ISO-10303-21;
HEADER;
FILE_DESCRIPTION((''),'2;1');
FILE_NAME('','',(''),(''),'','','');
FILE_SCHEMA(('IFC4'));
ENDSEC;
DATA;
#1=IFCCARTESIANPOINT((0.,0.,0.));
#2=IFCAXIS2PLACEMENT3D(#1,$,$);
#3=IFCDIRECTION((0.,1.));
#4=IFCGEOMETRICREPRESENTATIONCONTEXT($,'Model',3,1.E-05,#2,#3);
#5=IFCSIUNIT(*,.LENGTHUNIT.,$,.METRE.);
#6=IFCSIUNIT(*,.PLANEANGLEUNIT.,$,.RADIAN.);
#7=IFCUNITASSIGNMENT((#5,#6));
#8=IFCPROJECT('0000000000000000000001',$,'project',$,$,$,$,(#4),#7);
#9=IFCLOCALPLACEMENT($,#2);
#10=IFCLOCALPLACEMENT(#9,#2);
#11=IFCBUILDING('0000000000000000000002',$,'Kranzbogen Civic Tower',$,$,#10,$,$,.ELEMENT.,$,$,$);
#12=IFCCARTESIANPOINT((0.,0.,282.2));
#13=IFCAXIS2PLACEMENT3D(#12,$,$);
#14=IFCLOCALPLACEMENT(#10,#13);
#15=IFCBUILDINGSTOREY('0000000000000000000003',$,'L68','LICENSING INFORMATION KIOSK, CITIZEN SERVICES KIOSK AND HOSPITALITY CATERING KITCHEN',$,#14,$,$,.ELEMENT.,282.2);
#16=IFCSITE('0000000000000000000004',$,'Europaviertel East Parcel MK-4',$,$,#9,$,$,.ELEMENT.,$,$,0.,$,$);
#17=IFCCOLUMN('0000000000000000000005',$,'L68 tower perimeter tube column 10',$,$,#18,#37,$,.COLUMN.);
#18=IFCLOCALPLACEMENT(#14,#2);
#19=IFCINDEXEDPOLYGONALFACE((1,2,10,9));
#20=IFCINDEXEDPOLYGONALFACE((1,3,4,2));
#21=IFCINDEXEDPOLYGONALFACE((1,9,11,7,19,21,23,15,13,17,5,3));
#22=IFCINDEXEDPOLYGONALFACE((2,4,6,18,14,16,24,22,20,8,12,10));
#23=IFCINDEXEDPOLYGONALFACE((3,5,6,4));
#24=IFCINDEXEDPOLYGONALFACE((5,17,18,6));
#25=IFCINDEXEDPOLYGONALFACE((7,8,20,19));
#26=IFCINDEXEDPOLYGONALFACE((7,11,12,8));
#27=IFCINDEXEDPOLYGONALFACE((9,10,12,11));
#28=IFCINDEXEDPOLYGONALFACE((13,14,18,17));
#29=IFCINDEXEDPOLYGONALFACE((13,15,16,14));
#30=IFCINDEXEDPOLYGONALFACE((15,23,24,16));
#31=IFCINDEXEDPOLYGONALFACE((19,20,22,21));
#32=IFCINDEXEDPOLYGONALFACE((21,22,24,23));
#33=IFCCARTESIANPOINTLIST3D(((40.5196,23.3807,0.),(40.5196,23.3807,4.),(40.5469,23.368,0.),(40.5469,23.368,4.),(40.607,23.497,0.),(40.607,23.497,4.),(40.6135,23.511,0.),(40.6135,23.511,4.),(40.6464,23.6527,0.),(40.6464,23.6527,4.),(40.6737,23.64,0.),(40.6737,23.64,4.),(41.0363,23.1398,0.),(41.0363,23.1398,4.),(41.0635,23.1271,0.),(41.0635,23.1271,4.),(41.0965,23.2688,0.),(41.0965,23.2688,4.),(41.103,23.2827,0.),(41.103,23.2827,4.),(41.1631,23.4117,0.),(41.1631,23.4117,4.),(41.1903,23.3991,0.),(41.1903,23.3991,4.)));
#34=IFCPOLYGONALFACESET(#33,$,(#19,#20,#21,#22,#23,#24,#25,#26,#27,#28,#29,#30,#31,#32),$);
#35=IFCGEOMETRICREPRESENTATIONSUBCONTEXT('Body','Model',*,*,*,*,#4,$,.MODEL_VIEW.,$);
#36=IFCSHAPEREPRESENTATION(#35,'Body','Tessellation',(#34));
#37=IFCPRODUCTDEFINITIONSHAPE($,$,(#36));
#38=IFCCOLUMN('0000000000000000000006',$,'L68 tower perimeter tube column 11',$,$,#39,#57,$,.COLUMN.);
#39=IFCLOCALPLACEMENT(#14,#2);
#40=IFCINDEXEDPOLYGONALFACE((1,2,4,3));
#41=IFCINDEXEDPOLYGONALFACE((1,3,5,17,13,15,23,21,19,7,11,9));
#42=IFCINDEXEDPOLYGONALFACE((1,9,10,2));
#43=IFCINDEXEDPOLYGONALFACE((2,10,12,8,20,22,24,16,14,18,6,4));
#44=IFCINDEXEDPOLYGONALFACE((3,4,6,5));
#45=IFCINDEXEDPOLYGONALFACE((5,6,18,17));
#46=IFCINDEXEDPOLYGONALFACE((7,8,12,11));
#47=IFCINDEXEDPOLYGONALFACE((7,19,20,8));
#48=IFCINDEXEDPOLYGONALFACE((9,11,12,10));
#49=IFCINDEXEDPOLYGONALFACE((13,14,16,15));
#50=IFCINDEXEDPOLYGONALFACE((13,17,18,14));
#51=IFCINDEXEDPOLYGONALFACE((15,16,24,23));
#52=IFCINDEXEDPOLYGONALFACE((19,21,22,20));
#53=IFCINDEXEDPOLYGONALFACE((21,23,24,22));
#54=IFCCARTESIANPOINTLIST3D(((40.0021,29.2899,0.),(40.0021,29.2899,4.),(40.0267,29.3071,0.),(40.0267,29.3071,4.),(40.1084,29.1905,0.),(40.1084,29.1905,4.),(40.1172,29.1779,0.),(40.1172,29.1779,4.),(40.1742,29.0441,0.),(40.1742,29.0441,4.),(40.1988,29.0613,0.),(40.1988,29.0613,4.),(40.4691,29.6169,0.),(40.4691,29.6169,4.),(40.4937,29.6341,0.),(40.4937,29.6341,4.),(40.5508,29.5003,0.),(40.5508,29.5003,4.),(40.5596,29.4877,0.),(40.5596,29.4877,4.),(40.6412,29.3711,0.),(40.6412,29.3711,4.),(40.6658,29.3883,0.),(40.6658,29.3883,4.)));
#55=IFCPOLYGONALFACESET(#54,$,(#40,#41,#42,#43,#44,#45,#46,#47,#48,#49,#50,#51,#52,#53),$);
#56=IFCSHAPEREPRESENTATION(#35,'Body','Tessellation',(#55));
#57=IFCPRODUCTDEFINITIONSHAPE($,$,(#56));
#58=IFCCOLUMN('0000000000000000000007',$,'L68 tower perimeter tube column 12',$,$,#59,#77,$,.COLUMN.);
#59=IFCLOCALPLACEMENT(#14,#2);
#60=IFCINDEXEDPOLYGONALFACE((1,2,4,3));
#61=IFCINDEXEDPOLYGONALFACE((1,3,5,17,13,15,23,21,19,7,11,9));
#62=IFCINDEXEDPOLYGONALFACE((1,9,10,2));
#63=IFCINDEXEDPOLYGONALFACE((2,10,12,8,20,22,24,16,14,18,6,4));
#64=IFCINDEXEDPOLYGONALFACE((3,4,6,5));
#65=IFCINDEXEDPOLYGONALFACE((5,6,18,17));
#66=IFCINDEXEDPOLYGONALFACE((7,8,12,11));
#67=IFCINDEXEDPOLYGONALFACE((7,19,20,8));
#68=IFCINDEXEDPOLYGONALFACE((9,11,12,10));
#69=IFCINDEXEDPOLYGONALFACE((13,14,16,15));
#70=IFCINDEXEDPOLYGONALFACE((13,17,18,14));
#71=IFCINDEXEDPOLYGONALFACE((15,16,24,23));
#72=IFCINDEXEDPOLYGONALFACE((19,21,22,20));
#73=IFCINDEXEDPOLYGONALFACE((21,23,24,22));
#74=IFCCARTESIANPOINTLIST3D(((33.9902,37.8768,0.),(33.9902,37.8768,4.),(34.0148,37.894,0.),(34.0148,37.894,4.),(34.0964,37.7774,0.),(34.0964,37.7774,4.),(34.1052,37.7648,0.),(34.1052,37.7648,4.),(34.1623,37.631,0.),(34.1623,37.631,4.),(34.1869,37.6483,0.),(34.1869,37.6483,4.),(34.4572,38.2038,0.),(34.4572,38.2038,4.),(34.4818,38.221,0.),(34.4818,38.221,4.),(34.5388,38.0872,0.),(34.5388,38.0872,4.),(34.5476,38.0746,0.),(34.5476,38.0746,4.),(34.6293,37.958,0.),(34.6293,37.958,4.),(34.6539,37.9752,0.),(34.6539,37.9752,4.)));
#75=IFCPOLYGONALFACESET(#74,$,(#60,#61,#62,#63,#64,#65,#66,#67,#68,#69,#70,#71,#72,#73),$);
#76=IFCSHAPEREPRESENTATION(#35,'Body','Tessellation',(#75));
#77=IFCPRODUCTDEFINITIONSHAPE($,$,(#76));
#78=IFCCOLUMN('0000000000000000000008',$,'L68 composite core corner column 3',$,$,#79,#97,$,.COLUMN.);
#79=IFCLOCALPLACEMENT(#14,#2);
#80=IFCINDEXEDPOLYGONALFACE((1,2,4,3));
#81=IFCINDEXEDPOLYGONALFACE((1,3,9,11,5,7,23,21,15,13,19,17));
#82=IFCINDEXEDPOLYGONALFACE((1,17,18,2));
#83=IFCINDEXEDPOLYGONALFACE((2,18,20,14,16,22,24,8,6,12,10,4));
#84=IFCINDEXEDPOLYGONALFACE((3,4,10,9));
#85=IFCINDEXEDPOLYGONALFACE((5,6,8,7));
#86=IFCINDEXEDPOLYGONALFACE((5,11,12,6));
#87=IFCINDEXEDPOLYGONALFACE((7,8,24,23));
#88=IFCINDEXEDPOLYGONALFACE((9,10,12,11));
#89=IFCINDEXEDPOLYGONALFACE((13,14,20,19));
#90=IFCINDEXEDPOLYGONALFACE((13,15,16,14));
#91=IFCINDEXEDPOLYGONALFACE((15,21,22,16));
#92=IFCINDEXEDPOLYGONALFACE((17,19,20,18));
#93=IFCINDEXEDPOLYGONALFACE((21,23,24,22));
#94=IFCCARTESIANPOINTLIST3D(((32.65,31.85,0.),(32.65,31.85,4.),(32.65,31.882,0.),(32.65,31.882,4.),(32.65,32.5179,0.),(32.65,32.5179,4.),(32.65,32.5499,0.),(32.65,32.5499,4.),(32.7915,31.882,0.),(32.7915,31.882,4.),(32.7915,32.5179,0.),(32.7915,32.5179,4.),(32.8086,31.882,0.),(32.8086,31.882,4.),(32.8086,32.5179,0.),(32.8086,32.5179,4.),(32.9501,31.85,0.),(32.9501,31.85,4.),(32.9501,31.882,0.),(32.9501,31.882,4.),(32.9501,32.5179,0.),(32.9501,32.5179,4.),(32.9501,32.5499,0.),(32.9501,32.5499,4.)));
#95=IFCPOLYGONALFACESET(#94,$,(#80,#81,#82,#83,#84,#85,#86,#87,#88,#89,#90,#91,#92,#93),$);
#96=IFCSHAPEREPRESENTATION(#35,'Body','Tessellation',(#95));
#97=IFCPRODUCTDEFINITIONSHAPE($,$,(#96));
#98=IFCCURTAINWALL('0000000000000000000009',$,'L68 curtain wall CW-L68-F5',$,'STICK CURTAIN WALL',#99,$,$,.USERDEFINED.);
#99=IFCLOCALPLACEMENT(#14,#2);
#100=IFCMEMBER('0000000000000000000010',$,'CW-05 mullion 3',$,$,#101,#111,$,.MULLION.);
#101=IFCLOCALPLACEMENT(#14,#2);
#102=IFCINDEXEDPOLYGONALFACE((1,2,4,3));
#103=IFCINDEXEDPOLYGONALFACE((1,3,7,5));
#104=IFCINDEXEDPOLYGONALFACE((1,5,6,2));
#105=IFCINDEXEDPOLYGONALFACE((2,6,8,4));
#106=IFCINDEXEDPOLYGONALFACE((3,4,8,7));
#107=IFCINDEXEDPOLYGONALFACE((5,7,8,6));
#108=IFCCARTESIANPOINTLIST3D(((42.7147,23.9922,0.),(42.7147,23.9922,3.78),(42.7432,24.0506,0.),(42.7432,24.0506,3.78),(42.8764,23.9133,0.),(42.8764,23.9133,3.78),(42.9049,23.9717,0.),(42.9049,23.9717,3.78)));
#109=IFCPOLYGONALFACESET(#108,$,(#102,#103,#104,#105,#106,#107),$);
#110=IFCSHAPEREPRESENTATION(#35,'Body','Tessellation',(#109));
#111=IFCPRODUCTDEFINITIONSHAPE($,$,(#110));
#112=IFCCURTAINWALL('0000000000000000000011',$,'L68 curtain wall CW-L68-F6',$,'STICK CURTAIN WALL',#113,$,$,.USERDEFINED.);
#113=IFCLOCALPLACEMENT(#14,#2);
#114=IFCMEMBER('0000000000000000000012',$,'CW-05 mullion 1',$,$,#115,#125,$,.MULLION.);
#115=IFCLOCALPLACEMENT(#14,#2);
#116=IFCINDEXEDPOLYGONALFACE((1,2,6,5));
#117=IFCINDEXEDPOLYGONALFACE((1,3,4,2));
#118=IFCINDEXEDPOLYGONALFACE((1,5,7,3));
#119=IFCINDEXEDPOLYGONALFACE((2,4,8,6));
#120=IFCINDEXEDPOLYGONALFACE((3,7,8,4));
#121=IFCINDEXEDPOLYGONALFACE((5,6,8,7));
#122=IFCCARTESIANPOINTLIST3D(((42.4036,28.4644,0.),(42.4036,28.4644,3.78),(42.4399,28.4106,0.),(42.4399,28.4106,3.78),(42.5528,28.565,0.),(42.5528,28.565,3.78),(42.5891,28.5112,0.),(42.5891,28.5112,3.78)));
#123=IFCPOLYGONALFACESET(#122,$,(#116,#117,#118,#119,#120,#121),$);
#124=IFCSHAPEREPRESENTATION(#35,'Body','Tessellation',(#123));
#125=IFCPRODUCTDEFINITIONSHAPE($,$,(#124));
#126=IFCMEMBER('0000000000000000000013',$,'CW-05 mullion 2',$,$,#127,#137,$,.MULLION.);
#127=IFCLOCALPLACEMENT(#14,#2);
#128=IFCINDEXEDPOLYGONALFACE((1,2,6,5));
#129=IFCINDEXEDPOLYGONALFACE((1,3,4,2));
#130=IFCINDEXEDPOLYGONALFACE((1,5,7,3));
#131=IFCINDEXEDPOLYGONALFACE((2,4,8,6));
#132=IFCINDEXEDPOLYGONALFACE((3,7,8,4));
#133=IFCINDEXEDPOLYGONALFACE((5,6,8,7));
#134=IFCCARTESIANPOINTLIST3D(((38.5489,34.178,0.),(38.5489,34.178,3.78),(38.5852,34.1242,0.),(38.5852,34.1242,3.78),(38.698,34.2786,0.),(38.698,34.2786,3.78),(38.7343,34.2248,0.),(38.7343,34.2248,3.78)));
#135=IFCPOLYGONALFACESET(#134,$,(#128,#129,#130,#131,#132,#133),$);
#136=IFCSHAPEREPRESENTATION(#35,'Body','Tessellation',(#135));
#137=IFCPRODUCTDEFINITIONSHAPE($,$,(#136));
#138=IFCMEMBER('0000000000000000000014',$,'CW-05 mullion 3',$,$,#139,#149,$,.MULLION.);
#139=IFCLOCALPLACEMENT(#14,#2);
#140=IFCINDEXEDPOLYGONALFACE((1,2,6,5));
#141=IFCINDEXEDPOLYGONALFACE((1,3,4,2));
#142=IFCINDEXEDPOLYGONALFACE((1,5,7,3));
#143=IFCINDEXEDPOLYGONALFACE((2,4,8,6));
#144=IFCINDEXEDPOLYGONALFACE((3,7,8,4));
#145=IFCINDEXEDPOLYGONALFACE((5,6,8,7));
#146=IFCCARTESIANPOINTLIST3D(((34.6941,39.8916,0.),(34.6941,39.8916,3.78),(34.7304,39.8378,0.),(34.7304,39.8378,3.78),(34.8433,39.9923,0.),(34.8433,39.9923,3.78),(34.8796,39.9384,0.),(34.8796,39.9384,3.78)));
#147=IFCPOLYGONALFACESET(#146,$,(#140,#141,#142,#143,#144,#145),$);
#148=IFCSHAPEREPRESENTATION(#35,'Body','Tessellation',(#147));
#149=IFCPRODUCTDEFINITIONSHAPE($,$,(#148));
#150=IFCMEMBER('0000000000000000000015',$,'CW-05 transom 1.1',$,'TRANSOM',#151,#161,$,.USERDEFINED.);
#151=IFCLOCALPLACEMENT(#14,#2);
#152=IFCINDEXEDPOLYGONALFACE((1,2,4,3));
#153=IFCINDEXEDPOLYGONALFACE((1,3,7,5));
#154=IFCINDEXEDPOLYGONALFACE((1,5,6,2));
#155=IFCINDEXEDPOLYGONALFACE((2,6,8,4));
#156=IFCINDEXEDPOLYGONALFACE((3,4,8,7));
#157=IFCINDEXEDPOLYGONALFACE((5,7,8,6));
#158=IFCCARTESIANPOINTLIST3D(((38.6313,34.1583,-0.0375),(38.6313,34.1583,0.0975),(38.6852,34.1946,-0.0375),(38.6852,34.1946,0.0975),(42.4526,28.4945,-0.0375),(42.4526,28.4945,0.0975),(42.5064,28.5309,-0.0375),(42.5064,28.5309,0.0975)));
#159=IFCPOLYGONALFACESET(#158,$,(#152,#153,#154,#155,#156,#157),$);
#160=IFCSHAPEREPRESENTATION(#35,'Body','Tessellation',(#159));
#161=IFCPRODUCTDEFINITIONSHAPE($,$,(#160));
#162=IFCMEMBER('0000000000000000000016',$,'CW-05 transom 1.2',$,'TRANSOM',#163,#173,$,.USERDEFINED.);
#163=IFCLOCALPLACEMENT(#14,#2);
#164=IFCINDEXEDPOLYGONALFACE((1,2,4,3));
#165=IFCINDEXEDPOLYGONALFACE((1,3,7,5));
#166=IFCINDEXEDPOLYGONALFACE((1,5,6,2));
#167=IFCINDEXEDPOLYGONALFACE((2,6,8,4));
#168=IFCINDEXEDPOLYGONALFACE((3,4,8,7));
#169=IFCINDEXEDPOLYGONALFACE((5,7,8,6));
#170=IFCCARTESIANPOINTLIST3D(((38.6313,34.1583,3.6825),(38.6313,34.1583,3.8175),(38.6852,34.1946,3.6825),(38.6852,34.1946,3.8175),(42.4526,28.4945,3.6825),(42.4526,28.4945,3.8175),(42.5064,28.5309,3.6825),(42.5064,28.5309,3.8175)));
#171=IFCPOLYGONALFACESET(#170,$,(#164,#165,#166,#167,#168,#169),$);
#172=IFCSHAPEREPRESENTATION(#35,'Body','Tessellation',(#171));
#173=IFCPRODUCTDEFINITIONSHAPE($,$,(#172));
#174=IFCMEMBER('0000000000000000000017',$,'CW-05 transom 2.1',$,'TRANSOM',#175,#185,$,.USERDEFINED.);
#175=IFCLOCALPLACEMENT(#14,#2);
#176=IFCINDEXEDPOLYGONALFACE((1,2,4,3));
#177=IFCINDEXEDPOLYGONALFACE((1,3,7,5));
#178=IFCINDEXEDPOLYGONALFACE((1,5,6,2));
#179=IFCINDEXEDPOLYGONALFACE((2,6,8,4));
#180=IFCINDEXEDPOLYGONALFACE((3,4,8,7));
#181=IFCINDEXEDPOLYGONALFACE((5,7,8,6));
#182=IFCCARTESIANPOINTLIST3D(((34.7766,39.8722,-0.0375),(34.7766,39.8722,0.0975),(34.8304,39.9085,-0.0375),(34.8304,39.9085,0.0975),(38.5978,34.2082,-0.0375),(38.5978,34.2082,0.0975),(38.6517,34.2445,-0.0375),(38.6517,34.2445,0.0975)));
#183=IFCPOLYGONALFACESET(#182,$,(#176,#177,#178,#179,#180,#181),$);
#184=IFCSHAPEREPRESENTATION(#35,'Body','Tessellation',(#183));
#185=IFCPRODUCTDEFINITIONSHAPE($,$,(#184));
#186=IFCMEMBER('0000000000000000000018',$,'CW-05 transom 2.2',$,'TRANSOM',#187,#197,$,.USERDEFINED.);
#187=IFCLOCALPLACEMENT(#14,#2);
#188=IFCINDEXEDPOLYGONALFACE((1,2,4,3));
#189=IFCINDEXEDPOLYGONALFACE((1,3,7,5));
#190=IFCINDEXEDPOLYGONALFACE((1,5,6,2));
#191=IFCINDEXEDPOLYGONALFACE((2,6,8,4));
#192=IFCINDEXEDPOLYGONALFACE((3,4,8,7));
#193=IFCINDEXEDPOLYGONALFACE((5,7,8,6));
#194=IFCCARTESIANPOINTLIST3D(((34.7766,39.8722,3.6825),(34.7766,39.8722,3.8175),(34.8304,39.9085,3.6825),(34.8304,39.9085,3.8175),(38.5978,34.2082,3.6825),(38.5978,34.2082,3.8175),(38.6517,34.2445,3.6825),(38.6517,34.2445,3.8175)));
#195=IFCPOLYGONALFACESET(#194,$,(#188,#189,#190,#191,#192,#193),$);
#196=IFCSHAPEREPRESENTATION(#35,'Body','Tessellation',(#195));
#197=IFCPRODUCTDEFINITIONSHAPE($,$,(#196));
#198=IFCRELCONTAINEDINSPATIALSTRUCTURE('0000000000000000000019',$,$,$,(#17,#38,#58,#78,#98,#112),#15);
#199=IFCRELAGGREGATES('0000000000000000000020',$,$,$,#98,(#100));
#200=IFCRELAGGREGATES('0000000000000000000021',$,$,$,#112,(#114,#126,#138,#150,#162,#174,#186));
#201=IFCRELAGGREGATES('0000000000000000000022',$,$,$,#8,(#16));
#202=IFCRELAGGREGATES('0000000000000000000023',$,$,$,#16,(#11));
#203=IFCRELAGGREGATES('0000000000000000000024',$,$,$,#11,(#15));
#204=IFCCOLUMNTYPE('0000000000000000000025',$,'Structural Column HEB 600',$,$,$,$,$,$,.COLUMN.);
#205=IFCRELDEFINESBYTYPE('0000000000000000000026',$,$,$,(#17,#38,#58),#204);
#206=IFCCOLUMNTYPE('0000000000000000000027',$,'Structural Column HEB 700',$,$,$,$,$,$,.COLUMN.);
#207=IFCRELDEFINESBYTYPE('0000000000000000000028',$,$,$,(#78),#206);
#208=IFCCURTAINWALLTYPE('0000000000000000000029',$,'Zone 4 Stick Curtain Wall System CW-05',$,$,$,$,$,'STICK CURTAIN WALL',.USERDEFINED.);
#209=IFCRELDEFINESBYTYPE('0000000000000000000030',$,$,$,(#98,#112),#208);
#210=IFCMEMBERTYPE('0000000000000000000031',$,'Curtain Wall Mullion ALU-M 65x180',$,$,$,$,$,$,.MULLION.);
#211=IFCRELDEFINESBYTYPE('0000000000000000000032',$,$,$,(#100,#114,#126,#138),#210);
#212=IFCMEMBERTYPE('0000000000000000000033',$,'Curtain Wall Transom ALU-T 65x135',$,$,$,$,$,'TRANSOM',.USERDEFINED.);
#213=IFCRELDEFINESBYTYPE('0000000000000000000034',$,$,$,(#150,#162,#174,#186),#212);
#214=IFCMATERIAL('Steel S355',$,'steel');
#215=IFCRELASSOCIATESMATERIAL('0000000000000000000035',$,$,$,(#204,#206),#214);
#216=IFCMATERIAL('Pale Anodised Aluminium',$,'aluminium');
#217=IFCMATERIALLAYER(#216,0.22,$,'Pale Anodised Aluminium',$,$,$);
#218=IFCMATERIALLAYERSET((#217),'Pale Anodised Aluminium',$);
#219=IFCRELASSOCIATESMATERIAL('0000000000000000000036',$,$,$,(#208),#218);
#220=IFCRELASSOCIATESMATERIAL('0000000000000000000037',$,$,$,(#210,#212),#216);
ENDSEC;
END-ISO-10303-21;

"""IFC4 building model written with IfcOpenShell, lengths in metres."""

from ifc_helpers import new_model, si_unit, direction, frame, origin, origin_2d, place, context, subcontext, project, spatial, rectangle, i_section, extrude, material, layer, layer_set, material_profile, profile_set, type_object, element, aggregate, save


model = new_model("IFC4")

# Units and contexts
model_context = context("Model", 3, precision=1e-05, world=origin(), true_north=direction((0.0, 1.0)))
body_context = subcontext(model_context, "Body", "Model", "MODEL_VIEW")
ifc_project = project(units=[si_unit("LENGTHUNIT", "METRE"), si_unit("PLANEANGLEUNIT", "RADIAN")], contexts=[model_context])

# Site, building, storey
site_placement = place(None, origin())
site = spatial("IfcSite", under=ifc_project, at=site_placement, Name="Europaviertel East Parcel MK-4", CompositionType="ELEMENT", RefElevation=0.0)
building_placement = place(site_placement, origin())
building = spatial("IfcBuilding", under=site, at=building_placement, Name="Kranzbogen Civic Tower", CompositionType="ELEMENT")
storey_placement = place(building_placement, frame((0.0, 0.0, 282.2)))
storey = spatial("IfcBuildingStorey", under=building, at=storey_placement, Name="L68", Description="LICENSING INFORMATION KIOSK, CITIZEN SERVICES KIOSK AND HOSPITALITY CATERING KITCHEN", CompositionType="ELEMENT", Elevation=282.2)

# Columns
ifc_material_1 = material(Name="Steel S355", Category="steel")
ifc_material_profile_1 = material_profile(ifc_material_1, i_section(OverallWidth=0.3, OverallDepth=0.6001, WebThickness=0.0154, FlangeThickness=0.03, at=origin_2d()), Name="HEB 600")
ifc_profile_set_1 = profile_set([ifc_material_profile_1], Name="Steel S355")
column_type_1 = type_object("IfcColumnType", Name="Structural Column HEB 600", PredefinedType="COLUMN", material=ifc_profile_set_1)
for number, where, z_axis, x_axis, name in (
    (1, (40.855, 23.3899, 0.0), (0.0, 0.0, 1.0), (0.422618, 0.906308, 0.0), "L68 tower perimeter tube column 10"),
    (2, (40.334, 29.3391, 0.0), (0.0, 0.0, 1.0), (-0.573576, 0.819152, 0.0), "L68 tower perimeter tube column 11"),
    (3, (34.322, 37.926, 0.0), (0.0, 0.0, 1.0), (-0.573576, 0.819152, 0.0), "L68 tower perimeter tube column 12"),
):
    element("IfcColumn", number, at=place(storey_placement, frame(where, z_axis=z_axis, x_axis=x_axis)), inside=storey, type_object=column_type_1, Name=name, PredefinedType="COLUMN", context=body_context, shape_type="SweptSolid", body=[
        extrude(i_section(OverallWidth=0.3, OverallDepth=0.6001, WebThickness=0.0154, FlangeThickness=0.03, at=origin_2d()), origin(), (0.0, 0.0, 1.0), 4.0),
    ])
ifc_material_profile_2 = material_profile(ifc_material_1, i_section(OverallWidth=0.3, OverallDepth=0.7, WebThickness=0.0171, FlangeThickness=0.032, at=origin_2d()), Name="HEB 700")
ifc_profile_set_2 = profile_set([ifc_material_profile_2], Name="Steel S355")
column_type_2 = type_object("IfcColumnType", Name="Structural Column HEB 700", PredefinedType="COLUMN", material=ifc_profile_set_2)
column_placement = place(storey_placement, frame((32.8, 32.2, 0.0), z_axis=(0.0, 0.0, 1.0), x_axis=(1.0, 0.0, 0.0)))
element("IfcColumn", 4, at=column_placement, inside=storey, type_object=column_type_2, Name="L68 composite core corner column 3", PredefinedType="COLUMN", context=body_context, shape_type="SweptSolid", body=[
    extrude(i_section(OverallWidth=0.3, OverallDepth=0.7, WebThickness=0.0171, FlangeThickness=0.032, at=origin_2d()), origin(), (0.0, 0.0, 1.0), 4.0),
])

# Curtain wall, member
ifc_material_2 = material(Name="Pale Anodised Aluminium", Category="aluminium")
ifc_layer_1 = layer(ifc_material_2, 0.22, Name="Pale Anodised Aluminium")
ifc_layer_set_1 = layer_set([ifc_layer_1], Name="Pale Anodised Aluminium")
curtain_wall_type = type_object("IfcCurtainWallType", Name="Zone 4 Stick Curtain Wall System CW-05", ElementType="STICK CURTAIN WALL", PredefinedType="USERDEFINED", material=ifc_layer_set_1)
curtain_wall_1_placement = place(storey_placement, origin())
curtain_wall_1 = element("IfcCurtainWall", 5, at=curtain_wall_1_placement, inside=storey, type_object=curtain_wall_type, Name="L68 curtain wall CW-L68-F5", ObjectType="STICK CURTAIN WALL", PredefinedType="USERDEFINED")
ifc_material_profile_3 = material_profile(ifc_material_2, rectangle(XDim=0.0649, YDim=0.1799, at=origin_2d()), Name="ALU-M 65x180")
ifc_profile_set_3 = profile_set([ifc_material_profile_3], Name="Pale Anodised Aluminium")
member_type_1 = type_object("IfcMemberType", Name="Curtain Wall Mullion ALU-M 65x180", PredefinedType="MULLION", material=ifc_profile_set_3)
member_1_placement = place(storey_placement, frame((42.8098, 23.9819, 0.0), z_axis=(0.0, 0.0, 1.0), x_axis=(0.438293, 0.898832, 0.0)))
member_1 = element("IfcMember", 6, at=member_1_placement, type_object=member_type_1, Name="CW-05 mullion 3", PredefinedType="MULLION", context=body_context, shape_type="SweptSolid", body=[
    extrude(rectangle(XDim=0.0649, YDim=0.1799, at=origin_2d()), origin(), (0.0, 0.0, 1.0), 3.78),
])
aggregate(curtain_wall_1, [member_1])

# Curtain wall, members
curtain_wall_2_placement = place(storey_placement, origin())
curtain_wall_2 = element("IfcCurtainWall", 7, at=curtain_wall_2_placement, inside=storey, type_object=curtain_wall_type, Name="L68 curtain wall CW-L68-F6", ObjectType="STICK CURTAIN WALL", PredefinedType="USERDEFINED")
member_2_placement = place(storey_placement, frame((42.4963, 28.4878, 0.0), z_axis=(0.0, 0.0, 1.0), x_axis=(-0.559276, 0.828982, 0.0)))
member_2 = element("IfcMember", 8, at=member_2_placement, type_object=member_type_1, Name="CW-05 mullion 1", PredefinedType="MULLION", context=body_context, shape_type="SweptSolid", body=[
    extrude(rectangle(XDim=0.0649, YDim=0.1799, at=origin_2d()), origin(), (0.0, 0.0, 1.0), 3.78),
])
member_3_placement = place(storey_placement, frame((38.6416, 34.2014, 0.0), z_axis=(0.0, 0.0, 1.0), x_axis=(-0.559276, 0.828982, 0.0)))
member_3 = element("IfcMember", 9, at=member_3_placement, type_object=member_type_1, Name="CW-05 mullion 2", PredefinedType="MULLION", context=body_context, shape_type="SweptSolid", body=[
    extrude(rectangle(XDim=0.0649, YDim=0.1799, at=origin_2d()), origin(), (0.0, 0.0, 1.0), 3.78),
])
member_4_placement = place(storey_placement, frame((34.7869, 39.915, 0.0), z_axis=(0.0, 0.0, 1.0), x_axis=(-0.559276, 0.828982, 0.0)))
member_4 = element("IfcMember", 10, at=member_4_placement, type_object=member_type_1, Name="CW-05 mullion 3", PredefinedType="MULLION", context=body_context, shape_type="SweptSolid", body=[
    extrude(rectangle(XDim=0.0649, YDim=0.1799, at=origin_2d()), origin(), (0.0, 0.0, 1.0), 3.78),
])
ifc_material_profile_4 = material_profile(ifc_material_2, rectangle(XDim=0.0649, YDim=0.135, at=origin_2d()), Name="ALU-T 65x135")
ifc_profile_set_4 = profile_set([ifc_material_profile_4], Name="Pale Anodised Aluminium")
member_type_2 = type_object("IfcMemberType", Name="Curtain Wall Transom ALU-T 65x135", ElementType="TRANSOM", PredefinedType="USERDEFINED", material=ifc_profile_set_4)
member_5_placement = place(storey_placement, frame((42.4795, 28.5127, 0.03), z_axis=(-0.559293, 0.82897, 0.0), x_axis=(-0.82897, -0.559293, 0.0)))
member_5 = element("IfcMember", 11, at=member_5_placement, type_object=member_type_2, Name="CW-05 transom 1.1", ObjectType="TRANSOM", PredefinedType="USERDEFINED", context=body_context, shape_type="SweptSolid", body=[
    extrude(rectangle(XDim=0.0649, YDim=0.135, at=origin_2d()), origin(), (0.0, 0.0, 1.0), 6.8323),
])
member_6_placement = place(storey_placement, frame((42.4795, 28.5127, 3.75), z_axis=(-0.559293, 0.82897, 0.0), x_axis=(-0.82897, -0.559293, 0.0)))
member_6 = element("IfcMember", 12, at=member_6_placement, type_object=member_type_2, Name="CW-05 transom 1.2", ObjectType="TRANSOM", PredefinedType="USERDEFINED", context=body_context, shape_type="SweptSolid", body=[
    extrude(rectangle(XDim=0.0649, YDim=0.135, at=origin_2d()), origin(), (0.0, 0.0, 1.0), 6.8323),
])
member_7_placement = place(storey_placement, frame((38.6248, 34.2263, 0.03), z_axis=(-0.559276, 0.828981, 0.0), x_axis=(-0.828981, -0.559276, 0.0)))
member_7 = element("IfcMember", 13, at=member_7_placement, type_object=member_type_2, Name="CW-05 transom 2.1", ObjectType="TRANSOM", PredefinedType="USERDEFINED", context=body_context, shape_type="SweptSolid", body=[
    extrude(rectangle(XDim=0.0649, YDim=0.135, at=origin_2d()), origin(), (0.0, 0.0, 1.0), 6.8325),
])
member_8_placement = place(storey_placement, frame((38.6248, 34.2263, 3.75), z_axis=(-0.559276, 0.828981, 0.0), x_axis=(-0.828981, -0.559276, 0.0)))
member_8 = element("IfcMember", 14, at=member_8_placement, type_object=member_type_2, Name="CW-05 transom 2.2", ObjectType="TRANSOM", PredefinedType="USERDEFINED", context=body_context, shape_type="SweptSolid", body=[
    extrude(rectangle(XDim=0.0649, YDim=0.135, at=origin_2d()), origin(), (0.0, 0.0, 1.0), 6.8325),
])

aggregate(curtain_wall_2, [member_2, member_3, member_4, member_5, member_6, member_7, member_8])

save(model, "model.ifc")
